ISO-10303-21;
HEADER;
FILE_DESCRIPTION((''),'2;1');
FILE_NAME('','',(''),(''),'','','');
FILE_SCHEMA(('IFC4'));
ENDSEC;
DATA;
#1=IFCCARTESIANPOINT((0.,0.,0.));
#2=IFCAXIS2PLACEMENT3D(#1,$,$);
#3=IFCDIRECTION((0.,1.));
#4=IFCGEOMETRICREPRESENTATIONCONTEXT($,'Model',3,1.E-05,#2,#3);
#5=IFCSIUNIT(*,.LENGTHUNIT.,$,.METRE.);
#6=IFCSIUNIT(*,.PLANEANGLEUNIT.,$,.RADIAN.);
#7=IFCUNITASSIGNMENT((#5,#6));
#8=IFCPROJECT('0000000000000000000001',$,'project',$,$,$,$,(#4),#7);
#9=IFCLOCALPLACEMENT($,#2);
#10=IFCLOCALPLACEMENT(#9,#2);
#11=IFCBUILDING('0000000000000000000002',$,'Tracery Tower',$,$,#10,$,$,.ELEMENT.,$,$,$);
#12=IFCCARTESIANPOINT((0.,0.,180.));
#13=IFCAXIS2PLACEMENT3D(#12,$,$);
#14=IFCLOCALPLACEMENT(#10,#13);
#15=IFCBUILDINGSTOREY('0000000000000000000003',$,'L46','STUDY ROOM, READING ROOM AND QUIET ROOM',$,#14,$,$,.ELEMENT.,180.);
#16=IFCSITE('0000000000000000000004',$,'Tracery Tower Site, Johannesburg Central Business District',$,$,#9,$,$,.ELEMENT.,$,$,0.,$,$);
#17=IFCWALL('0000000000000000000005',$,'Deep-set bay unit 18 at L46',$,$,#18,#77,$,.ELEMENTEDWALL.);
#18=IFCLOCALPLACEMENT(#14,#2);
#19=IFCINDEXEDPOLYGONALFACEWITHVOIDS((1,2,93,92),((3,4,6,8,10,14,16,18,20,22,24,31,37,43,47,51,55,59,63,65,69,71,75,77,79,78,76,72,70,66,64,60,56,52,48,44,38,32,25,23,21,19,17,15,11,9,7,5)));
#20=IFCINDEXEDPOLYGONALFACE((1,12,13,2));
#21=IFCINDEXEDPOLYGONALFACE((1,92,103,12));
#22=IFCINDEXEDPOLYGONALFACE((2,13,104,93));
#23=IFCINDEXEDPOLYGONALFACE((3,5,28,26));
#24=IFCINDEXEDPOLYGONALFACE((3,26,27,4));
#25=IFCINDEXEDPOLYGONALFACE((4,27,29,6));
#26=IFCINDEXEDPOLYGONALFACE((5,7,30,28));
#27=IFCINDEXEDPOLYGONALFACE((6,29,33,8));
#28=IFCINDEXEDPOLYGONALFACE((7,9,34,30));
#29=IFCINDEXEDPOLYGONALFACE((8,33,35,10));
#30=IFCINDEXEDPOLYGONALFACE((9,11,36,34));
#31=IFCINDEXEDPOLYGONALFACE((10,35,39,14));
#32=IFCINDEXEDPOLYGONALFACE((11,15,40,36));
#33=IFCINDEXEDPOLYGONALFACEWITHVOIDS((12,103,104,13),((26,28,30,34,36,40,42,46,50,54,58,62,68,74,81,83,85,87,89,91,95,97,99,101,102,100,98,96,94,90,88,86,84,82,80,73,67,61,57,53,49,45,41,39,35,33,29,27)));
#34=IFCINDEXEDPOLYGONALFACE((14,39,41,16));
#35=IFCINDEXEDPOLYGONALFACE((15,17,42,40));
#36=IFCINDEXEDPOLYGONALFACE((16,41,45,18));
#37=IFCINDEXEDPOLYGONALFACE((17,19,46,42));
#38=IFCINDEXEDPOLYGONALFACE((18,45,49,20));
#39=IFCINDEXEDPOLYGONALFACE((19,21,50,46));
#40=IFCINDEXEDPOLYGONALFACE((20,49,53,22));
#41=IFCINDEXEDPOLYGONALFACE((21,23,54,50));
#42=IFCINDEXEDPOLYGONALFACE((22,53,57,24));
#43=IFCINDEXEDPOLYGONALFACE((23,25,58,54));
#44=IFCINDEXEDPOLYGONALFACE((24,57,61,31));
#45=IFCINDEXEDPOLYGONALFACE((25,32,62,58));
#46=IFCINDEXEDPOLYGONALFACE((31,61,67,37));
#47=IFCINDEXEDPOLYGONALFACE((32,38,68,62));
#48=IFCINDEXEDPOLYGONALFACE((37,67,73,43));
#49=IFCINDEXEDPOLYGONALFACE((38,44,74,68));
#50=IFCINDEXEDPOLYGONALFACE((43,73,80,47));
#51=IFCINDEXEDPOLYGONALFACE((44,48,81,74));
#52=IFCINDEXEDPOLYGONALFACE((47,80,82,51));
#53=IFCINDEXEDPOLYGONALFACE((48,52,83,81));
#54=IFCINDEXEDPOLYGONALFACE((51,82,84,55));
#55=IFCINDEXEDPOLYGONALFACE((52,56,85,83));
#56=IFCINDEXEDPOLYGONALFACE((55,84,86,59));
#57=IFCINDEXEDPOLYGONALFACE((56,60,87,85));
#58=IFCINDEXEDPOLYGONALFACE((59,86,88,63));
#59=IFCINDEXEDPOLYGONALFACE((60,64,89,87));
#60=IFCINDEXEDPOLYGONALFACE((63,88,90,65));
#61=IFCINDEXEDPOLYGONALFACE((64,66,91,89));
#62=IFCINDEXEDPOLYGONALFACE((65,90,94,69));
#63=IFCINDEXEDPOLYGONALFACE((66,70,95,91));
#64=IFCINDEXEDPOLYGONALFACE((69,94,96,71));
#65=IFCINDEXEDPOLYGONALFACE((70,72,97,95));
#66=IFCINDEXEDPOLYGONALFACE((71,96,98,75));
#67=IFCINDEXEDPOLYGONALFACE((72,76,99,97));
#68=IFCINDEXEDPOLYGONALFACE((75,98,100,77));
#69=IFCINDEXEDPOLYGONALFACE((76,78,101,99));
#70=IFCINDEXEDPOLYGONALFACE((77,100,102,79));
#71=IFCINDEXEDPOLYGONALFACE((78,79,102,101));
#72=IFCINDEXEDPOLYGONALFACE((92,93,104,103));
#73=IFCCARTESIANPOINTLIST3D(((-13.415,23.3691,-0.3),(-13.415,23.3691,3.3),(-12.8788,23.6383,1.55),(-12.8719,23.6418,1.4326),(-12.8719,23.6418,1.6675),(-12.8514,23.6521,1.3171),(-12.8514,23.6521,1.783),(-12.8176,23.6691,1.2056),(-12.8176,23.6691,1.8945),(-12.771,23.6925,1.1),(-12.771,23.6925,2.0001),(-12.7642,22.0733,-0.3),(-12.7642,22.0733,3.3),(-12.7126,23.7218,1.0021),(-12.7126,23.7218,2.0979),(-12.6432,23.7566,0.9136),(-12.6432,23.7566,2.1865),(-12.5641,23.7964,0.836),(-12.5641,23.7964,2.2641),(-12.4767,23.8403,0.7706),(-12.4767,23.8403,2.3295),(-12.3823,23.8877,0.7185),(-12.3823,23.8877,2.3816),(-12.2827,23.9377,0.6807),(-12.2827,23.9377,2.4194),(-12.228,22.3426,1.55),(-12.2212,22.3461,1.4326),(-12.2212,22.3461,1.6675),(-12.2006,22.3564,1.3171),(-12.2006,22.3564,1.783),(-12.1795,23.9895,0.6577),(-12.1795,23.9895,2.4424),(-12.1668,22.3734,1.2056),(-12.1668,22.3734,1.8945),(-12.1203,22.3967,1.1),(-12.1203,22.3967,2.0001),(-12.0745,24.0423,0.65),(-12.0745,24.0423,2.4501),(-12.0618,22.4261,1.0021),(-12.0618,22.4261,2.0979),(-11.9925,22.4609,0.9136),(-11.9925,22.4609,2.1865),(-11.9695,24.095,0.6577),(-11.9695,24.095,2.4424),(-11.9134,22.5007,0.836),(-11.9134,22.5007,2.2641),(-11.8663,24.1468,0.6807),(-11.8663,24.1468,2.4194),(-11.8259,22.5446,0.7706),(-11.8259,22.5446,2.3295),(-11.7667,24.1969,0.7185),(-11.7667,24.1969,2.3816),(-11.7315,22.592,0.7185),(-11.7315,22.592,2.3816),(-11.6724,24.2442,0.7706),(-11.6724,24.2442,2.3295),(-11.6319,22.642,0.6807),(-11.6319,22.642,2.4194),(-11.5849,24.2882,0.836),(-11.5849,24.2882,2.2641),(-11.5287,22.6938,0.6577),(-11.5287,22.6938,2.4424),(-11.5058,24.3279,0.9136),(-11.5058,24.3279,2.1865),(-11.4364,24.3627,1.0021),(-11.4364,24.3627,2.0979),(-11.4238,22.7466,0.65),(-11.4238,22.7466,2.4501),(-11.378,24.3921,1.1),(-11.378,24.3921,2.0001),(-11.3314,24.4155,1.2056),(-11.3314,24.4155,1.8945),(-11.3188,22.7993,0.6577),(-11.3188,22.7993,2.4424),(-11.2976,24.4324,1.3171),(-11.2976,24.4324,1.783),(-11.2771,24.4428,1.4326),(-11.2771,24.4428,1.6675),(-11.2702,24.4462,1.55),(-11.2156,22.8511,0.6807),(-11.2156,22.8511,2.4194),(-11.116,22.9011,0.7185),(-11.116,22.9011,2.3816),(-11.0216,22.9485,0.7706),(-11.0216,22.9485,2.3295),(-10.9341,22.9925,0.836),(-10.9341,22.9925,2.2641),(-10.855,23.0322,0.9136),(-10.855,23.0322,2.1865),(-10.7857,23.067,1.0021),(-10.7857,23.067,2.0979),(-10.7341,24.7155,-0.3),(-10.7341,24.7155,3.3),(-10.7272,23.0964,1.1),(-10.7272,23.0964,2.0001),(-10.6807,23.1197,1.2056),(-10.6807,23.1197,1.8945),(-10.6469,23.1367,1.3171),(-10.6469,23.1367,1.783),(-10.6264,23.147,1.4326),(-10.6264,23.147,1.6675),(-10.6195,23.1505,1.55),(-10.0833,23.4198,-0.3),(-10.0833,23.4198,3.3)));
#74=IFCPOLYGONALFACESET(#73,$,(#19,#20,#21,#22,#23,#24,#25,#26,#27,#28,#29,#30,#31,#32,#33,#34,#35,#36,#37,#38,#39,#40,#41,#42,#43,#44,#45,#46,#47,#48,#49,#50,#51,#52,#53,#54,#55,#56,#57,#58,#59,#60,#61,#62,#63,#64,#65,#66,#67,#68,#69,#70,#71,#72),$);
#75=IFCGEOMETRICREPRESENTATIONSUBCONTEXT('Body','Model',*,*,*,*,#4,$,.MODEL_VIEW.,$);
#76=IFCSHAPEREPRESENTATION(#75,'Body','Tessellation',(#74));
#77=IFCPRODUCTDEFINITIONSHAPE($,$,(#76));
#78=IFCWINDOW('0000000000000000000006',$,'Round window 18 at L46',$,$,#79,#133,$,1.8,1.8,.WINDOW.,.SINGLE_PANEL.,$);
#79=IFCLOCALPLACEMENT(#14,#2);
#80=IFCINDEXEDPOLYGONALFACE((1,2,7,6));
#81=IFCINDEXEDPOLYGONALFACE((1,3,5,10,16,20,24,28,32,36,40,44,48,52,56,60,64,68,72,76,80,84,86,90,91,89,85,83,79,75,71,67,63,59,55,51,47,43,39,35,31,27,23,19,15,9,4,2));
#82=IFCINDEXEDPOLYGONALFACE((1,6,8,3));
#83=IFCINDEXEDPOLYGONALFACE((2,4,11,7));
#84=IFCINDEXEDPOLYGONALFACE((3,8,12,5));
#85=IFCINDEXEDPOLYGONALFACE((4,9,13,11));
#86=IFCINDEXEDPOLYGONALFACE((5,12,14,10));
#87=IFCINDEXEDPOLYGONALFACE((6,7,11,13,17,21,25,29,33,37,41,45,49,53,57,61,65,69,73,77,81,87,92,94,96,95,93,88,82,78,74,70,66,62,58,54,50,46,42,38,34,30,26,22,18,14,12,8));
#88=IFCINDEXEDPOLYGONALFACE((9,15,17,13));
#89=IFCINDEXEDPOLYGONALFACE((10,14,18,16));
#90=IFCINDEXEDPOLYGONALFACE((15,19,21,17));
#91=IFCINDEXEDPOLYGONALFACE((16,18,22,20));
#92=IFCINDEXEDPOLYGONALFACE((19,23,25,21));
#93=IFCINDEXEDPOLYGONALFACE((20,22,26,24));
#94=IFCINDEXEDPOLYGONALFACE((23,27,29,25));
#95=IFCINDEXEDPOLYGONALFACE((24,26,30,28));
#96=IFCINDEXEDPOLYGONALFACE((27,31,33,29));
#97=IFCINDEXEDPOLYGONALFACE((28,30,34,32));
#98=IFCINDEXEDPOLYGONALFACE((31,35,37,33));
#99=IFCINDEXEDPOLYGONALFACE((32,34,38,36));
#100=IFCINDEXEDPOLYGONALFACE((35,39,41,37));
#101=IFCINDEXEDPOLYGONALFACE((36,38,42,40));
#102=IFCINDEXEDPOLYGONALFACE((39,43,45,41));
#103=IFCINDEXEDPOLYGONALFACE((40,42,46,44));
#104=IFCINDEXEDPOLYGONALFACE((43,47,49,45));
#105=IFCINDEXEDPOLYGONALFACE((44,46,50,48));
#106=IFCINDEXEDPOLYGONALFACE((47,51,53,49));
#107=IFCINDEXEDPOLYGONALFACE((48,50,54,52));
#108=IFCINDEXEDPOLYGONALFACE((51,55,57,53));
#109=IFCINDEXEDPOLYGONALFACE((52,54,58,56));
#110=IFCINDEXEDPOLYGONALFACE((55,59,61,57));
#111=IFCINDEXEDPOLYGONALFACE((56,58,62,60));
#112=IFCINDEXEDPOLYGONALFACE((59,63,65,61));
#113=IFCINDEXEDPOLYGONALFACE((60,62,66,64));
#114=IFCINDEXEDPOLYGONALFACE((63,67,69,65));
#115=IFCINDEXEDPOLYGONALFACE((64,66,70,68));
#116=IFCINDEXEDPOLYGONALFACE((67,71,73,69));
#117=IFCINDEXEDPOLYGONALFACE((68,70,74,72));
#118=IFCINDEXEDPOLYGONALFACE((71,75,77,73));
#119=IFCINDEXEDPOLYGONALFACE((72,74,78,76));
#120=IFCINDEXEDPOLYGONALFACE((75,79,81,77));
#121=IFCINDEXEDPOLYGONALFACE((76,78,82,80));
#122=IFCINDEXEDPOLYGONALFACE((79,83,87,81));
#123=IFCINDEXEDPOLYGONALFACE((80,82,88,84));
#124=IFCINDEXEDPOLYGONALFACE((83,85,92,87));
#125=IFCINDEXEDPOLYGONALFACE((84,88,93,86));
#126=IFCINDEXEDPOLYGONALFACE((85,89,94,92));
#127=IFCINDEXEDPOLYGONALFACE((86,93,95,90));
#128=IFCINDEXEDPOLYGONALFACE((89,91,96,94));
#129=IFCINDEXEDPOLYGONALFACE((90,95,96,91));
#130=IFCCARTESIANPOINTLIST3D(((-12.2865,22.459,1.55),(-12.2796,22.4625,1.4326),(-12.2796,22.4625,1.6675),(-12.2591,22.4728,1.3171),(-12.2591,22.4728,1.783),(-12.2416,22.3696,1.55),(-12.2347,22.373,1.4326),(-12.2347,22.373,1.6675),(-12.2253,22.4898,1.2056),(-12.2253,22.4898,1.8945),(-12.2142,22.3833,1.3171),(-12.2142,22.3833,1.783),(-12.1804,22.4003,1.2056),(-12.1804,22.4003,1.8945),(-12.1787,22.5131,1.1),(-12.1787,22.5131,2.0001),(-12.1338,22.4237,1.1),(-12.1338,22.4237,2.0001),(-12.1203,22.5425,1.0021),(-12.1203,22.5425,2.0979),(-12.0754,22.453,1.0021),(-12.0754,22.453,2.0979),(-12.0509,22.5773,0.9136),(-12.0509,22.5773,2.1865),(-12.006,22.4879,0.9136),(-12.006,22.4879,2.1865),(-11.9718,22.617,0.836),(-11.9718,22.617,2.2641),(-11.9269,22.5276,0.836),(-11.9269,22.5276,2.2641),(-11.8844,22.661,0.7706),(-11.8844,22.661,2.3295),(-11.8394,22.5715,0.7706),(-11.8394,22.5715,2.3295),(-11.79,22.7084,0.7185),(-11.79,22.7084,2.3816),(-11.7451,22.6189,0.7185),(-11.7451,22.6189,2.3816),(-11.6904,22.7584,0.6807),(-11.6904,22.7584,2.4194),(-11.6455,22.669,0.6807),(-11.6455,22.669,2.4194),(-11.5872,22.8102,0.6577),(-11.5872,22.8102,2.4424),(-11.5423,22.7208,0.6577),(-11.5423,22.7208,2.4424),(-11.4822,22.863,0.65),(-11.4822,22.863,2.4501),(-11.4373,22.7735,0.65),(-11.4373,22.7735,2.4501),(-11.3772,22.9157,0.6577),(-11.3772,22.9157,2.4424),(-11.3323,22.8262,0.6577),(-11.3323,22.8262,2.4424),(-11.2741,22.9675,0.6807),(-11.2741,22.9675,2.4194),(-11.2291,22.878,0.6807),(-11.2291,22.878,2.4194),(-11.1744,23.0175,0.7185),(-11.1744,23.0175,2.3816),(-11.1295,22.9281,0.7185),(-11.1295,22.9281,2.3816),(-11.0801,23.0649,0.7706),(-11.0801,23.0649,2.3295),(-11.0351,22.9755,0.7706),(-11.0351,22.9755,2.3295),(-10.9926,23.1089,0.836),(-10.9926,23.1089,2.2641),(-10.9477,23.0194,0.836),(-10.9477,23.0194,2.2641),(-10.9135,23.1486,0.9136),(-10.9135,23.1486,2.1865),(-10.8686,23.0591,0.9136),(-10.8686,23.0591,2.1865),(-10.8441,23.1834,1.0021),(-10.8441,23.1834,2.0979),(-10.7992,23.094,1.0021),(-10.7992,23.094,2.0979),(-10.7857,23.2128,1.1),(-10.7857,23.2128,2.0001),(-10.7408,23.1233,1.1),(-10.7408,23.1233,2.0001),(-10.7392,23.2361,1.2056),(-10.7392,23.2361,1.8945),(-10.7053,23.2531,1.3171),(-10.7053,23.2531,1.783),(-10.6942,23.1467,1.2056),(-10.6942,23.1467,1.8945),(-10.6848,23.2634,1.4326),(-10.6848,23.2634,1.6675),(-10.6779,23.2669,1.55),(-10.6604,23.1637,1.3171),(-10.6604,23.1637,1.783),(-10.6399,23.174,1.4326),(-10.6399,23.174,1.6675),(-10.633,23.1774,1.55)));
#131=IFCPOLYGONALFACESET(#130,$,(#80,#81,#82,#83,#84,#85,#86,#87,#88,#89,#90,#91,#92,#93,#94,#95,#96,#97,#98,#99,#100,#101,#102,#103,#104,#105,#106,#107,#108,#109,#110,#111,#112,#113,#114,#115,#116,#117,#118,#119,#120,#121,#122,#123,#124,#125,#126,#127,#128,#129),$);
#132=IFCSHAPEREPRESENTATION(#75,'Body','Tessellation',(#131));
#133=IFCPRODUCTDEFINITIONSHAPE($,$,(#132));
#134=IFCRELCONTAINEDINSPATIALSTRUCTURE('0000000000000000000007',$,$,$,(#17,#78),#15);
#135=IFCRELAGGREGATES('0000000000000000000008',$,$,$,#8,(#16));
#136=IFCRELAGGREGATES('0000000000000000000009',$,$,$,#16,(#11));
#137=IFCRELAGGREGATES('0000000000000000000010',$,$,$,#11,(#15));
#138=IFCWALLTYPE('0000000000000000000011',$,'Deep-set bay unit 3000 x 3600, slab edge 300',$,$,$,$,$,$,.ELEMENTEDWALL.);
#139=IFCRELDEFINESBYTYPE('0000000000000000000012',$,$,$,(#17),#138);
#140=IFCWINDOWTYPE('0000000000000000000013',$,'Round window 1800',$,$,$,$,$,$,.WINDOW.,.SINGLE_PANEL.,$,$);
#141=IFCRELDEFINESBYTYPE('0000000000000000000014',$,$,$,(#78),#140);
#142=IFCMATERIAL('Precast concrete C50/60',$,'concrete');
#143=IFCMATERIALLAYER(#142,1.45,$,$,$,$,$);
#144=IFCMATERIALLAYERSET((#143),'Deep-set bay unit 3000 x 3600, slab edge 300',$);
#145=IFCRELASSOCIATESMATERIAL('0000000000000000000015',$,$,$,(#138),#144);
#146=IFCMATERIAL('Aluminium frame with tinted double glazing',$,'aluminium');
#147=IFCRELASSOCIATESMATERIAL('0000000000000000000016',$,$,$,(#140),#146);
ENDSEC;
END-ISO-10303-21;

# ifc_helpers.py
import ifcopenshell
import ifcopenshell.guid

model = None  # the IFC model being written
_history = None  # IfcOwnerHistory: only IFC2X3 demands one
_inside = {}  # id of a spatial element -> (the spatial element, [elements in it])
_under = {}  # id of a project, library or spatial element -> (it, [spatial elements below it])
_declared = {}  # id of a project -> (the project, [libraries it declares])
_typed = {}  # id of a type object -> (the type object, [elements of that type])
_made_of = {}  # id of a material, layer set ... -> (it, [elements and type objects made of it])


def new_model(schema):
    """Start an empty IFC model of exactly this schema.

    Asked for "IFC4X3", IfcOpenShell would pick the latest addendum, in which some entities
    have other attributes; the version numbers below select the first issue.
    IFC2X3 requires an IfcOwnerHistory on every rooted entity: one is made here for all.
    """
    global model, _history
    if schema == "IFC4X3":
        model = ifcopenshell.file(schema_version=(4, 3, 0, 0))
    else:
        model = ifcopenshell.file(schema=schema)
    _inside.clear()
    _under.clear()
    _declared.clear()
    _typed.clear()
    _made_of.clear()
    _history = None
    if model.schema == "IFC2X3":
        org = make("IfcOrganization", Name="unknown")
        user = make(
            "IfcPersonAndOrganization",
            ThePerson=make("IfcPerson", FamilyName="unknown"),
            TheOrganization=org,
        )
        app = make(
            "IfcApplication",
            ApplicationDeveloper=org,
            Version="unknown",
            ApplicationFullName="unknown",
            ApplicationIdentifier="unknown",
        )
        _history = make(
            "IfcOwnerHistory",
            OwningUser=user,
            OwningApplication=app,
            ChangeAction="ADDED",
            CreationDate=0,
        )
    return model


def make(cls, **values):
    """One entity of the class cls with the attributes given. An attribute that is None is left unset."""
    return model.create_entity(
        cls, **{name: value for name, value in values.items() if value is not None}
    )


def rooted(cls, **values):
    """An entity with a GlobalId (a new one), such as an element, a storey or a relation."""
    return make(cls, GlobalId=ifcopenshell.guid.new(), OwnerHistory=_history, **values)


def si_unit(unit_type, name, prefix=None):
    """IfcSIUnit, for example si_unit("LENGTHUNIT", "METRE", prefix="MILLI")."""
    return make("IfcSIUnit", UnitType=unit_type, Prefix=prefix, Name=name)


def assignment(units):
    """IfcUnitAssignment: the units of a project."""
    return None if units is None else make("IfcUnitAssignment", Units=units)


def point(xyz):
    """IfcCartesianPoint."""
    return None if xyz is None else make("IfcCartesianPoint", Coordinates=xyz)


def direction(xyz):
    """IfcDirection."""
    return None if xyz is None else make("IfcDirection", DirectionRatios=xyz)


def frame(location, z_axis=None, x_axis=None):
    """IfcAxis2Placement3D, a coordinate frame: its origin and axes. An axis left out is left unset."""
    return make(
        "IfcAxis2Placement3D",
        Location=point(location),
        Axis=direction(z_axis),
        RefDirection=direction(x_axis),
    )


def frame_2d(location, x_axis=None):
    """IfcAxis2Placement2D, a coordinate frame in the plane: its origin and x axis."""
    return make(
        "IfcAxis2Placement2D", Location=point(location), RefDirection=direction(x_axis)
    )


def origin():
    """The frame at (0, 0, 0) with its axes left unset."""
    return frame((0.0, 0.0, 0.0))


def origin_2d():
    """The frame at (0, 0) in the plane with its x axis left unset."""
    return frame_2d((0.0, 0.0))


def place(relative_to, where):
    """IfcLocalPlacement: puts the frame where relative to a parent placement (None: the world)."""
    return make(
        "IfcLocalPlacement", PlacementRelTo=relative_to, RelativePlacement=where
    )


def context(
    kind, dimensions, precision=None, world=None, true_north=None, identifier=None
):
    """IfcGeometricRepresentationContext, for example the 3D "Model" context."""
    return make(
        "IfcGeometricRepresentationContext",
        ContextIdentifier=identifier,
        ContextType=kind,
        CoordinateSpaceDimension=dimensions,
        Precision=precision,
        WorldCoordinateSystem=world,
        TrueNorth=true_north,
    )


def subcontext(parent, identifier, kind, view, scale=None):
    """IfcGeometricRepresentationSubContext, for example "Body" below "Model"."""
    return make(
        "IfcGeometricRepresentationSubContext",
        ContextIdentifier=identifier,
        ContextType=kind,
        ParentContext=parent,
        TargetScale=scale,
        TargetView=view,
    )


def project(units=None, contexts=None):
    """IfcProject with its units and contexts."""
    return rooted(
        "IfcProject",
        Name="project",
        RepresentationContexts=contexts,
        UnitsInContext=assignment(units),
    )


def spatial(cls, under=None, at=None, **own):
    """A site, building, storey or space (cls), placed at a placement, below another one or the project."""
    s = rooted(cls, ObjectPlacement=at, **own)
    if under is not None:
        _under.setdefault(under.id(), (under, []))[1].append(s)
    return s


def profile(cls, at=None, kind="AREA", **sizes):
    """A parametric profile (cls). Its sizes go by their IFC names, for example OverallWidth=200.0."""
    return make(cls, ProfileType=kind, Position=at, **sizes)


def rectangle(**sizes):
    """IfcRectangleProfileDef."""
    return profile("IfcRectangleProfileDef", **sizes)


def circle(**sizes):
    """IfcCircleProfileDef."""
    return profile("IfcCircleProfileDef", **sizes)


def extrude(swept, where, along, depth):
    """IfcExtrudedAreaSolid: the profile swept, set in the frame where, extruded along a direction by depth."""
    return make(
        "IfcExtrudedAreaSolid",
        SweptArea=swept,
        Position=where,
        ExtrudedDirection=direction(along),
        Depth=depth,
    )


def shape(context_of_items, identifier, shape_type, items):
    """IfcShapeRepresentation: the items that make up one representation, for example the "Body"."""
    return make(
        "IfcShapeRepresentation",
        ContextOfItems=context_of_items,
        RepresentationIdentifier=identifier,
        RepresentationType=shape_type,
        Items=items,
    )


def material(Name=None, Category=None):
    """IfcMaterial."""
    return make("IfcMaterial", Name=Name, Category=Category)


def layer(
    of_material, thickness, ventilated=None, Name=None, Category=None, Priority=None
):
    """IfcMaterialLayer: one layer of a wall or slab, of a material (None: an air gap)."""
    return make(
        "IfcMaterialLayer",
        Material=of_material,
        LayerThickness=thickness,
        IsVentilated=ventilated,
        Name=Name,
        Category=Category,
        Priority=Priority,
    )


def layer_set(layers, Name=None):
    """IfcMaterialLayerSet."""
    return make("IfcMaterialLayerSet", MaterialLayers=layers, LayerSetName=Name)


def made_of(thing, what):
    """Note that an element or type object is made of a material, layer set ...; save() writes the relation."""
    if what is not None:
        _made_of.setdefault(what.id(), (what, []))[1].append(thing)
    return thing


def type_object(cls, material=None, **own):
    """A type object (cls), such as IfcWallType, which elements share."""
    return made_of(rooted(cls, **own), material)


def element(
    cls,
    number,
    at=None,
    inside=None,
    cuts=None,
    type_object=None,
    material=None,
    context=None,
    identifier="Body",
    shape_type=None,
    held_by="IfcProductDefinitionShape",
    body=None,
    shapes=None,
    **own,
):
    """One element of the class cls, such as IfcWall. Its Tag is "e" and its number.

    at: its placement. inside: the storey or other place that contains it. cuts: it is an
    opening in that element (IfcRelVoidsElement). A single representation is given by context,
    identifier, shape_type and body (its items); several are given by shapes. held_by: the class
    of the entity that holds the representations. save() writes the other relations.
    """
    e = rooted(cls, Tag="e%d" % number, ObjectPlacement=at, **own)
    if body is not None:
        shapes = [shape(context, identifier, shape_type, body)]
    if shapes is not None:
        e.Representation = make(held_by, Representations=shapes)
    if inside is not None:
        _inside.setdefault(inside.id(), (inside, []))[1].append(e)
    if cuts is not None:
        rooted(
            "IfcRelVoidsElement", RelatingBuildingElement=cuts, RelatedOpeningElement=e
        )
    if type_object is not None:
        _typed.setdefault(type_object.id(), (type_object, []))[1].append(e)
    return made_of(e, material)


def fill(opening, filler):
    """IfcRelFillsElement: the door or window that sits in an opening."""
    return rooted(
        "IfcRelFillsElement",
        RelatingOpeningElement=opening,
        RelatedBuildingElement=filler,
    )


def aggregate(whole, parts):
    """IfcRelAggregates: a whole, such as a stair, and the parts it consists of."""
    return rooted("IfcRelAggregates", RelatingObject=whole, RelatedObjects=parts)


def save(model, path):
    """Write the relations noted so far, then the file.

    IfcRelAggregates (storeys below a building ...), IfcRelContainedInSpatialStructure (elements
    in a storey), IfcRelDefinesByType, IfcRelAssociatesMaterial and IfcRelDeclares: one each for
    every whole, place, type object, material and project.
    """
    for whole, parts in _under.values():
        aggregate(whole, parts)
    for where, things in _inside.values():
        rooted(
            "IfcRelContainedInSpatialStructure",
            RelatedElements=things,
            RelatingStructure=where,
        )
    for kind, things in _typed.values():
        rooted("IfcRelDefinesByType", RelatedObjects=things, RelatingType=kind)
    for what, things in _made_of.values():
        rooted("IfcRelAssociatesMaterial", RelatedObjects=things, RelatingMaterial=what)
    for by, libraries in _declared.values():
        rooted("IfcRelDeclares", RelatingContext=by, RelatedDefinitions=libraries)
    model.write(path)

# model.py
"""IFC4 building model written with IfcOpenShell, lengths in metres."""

from ifc_helpers import new_model, si_unit, direction, frame, frame_2d, origin, origin_2d, place, context, subcontext, project, spatial, rectangle, circle, extrude, material, layer, layer_set, type_object, element, fill, save


model = new_model("IFC4")

# Units and contexts
model_context = context("Model", 3, precision=1e-05, world=origin(), true_north=direction((0.0, 1.0)))
body_context = subcontext(model_context, "Body", "Model", "MODEL_VIEW")
ifc_project = project(units=[si_unit("LENGTHUNIT", "METRE"), si_unit("PLANEANGLEUNIT", "RADIAN")], contexts=[model_context])

# Site, building, storey
site_placement = place(None, origin())
site = spatial("IfcSite", under=ifc_project, at=site_placement, Name="Tracery Tower Site, Johannesburg Central Business District", CompositionType="ELEMENT", RefElevation=0.0)
building_placement = place(site_placement, origin())
building = spatial("IfcBuilding", under=site, at=building_placement, Name="Tracery Tower", CompositionType="ELEMENT")
storey_placement = place(building_placement, frame((0.0, 0.0, 180.0)))
storey = spatial("IfcBuildingStorey", under=building, at=storey_placement, Name="L46", Description="STUDY ROOM, READING ROOM AND QUIET ROOM", CompositionType="ELEMENT", Elevation=180.0)

# Wall, opening, window
ifc_material_1 = material(Name="Precast concrete C50/60", Category="concrete")
ifc_layer_1 = layer(ifc_material_1, 1.45)
ifc_layer_set_1 = layer_set([ifc_layer_1], Name="Deep-set bay unit 3000 x 3600, slab edge 300")
wall_type_1 = type_object("IfcWallType", Name="Deep-set bay unit 3000 x 3600, slab edge 300", PredefinedType="ELEMENTEDWALL", material=ifc_layer_set_1)
wall_1_placement = place(storey_placement, frame((-10.4087, 24.0676, -0.3), z_axis=(0.0, 0.0, 1.0), x_axis=(-0.893628, -0.448808, 0.0)))
wall_1 = element("IfcWall", 1, at=wall_1_placement, inside=storey, type_object=wall_type_1, Name="Deep-set bay unit 18 at L46", PredefinedType="ELEMENTEDWALL", context=body_context, shape_type="SweptSolid", body=[
    extrude(rectangle(XDim=3.0, YDim=1.45, at=frame_2d((1.5, 0.0))), origin(), (0.0, 0.0, 1.0), 3.6001),
])
opening_1_placement = place(wall_1_placement, frame((1.5, 0.0, 1.8501)))
opening_1 = element("IfcOpeningElement", 2, at=opening_1_placement, cuts=wall_1, PredefinedType="OPENING", context=body_context, shape_type="SweptSolid", body=[
    extrude(circle(Radius=0.9, at=origin_2d()), frame((0.0, 0.7349, 0.0), z_axis=(0.0, -1.0, 0.0), x_axis=(1.0, 0.0, 0.0)), (0.0, 0.0, 1.0), 1.47),
])
ifc_material_2 = material(Name="Aluminium frame with tinted double glazing", Category="aluminium")
window_type = type_object("IfcWindowType", Name="Round window 1800", PartitioningType="SINGLE_PANEL", PredefinedType="WINDOW", material=ifc_material_2)
window_1_placement = place(opening_1_placement, origin())
window_1 = element("IfcWindow", 3, at=window_1_placement, inside=storey, type_object=window_type, Name="Round window 18 at L46", OverallHeight=1.8, OverallWidth=1.8, PartitioningType="SINGLE_PANEL", PredefinedType="WINDOW", context=body_context, shape_type="SweptSolid", body=[
    extrude(circle(Radius=0.9, at=origin_2d()), frame((0.0, 0.6948, 0.0), z_axis=(0.0, -1.0, 0.0), x_axis=(1.0, 0.0, 0.0)), (0.0, 0.0, 1.0), 0.1001),
])
fill(opening_1, window_1)

save(model, "model.ifc")
